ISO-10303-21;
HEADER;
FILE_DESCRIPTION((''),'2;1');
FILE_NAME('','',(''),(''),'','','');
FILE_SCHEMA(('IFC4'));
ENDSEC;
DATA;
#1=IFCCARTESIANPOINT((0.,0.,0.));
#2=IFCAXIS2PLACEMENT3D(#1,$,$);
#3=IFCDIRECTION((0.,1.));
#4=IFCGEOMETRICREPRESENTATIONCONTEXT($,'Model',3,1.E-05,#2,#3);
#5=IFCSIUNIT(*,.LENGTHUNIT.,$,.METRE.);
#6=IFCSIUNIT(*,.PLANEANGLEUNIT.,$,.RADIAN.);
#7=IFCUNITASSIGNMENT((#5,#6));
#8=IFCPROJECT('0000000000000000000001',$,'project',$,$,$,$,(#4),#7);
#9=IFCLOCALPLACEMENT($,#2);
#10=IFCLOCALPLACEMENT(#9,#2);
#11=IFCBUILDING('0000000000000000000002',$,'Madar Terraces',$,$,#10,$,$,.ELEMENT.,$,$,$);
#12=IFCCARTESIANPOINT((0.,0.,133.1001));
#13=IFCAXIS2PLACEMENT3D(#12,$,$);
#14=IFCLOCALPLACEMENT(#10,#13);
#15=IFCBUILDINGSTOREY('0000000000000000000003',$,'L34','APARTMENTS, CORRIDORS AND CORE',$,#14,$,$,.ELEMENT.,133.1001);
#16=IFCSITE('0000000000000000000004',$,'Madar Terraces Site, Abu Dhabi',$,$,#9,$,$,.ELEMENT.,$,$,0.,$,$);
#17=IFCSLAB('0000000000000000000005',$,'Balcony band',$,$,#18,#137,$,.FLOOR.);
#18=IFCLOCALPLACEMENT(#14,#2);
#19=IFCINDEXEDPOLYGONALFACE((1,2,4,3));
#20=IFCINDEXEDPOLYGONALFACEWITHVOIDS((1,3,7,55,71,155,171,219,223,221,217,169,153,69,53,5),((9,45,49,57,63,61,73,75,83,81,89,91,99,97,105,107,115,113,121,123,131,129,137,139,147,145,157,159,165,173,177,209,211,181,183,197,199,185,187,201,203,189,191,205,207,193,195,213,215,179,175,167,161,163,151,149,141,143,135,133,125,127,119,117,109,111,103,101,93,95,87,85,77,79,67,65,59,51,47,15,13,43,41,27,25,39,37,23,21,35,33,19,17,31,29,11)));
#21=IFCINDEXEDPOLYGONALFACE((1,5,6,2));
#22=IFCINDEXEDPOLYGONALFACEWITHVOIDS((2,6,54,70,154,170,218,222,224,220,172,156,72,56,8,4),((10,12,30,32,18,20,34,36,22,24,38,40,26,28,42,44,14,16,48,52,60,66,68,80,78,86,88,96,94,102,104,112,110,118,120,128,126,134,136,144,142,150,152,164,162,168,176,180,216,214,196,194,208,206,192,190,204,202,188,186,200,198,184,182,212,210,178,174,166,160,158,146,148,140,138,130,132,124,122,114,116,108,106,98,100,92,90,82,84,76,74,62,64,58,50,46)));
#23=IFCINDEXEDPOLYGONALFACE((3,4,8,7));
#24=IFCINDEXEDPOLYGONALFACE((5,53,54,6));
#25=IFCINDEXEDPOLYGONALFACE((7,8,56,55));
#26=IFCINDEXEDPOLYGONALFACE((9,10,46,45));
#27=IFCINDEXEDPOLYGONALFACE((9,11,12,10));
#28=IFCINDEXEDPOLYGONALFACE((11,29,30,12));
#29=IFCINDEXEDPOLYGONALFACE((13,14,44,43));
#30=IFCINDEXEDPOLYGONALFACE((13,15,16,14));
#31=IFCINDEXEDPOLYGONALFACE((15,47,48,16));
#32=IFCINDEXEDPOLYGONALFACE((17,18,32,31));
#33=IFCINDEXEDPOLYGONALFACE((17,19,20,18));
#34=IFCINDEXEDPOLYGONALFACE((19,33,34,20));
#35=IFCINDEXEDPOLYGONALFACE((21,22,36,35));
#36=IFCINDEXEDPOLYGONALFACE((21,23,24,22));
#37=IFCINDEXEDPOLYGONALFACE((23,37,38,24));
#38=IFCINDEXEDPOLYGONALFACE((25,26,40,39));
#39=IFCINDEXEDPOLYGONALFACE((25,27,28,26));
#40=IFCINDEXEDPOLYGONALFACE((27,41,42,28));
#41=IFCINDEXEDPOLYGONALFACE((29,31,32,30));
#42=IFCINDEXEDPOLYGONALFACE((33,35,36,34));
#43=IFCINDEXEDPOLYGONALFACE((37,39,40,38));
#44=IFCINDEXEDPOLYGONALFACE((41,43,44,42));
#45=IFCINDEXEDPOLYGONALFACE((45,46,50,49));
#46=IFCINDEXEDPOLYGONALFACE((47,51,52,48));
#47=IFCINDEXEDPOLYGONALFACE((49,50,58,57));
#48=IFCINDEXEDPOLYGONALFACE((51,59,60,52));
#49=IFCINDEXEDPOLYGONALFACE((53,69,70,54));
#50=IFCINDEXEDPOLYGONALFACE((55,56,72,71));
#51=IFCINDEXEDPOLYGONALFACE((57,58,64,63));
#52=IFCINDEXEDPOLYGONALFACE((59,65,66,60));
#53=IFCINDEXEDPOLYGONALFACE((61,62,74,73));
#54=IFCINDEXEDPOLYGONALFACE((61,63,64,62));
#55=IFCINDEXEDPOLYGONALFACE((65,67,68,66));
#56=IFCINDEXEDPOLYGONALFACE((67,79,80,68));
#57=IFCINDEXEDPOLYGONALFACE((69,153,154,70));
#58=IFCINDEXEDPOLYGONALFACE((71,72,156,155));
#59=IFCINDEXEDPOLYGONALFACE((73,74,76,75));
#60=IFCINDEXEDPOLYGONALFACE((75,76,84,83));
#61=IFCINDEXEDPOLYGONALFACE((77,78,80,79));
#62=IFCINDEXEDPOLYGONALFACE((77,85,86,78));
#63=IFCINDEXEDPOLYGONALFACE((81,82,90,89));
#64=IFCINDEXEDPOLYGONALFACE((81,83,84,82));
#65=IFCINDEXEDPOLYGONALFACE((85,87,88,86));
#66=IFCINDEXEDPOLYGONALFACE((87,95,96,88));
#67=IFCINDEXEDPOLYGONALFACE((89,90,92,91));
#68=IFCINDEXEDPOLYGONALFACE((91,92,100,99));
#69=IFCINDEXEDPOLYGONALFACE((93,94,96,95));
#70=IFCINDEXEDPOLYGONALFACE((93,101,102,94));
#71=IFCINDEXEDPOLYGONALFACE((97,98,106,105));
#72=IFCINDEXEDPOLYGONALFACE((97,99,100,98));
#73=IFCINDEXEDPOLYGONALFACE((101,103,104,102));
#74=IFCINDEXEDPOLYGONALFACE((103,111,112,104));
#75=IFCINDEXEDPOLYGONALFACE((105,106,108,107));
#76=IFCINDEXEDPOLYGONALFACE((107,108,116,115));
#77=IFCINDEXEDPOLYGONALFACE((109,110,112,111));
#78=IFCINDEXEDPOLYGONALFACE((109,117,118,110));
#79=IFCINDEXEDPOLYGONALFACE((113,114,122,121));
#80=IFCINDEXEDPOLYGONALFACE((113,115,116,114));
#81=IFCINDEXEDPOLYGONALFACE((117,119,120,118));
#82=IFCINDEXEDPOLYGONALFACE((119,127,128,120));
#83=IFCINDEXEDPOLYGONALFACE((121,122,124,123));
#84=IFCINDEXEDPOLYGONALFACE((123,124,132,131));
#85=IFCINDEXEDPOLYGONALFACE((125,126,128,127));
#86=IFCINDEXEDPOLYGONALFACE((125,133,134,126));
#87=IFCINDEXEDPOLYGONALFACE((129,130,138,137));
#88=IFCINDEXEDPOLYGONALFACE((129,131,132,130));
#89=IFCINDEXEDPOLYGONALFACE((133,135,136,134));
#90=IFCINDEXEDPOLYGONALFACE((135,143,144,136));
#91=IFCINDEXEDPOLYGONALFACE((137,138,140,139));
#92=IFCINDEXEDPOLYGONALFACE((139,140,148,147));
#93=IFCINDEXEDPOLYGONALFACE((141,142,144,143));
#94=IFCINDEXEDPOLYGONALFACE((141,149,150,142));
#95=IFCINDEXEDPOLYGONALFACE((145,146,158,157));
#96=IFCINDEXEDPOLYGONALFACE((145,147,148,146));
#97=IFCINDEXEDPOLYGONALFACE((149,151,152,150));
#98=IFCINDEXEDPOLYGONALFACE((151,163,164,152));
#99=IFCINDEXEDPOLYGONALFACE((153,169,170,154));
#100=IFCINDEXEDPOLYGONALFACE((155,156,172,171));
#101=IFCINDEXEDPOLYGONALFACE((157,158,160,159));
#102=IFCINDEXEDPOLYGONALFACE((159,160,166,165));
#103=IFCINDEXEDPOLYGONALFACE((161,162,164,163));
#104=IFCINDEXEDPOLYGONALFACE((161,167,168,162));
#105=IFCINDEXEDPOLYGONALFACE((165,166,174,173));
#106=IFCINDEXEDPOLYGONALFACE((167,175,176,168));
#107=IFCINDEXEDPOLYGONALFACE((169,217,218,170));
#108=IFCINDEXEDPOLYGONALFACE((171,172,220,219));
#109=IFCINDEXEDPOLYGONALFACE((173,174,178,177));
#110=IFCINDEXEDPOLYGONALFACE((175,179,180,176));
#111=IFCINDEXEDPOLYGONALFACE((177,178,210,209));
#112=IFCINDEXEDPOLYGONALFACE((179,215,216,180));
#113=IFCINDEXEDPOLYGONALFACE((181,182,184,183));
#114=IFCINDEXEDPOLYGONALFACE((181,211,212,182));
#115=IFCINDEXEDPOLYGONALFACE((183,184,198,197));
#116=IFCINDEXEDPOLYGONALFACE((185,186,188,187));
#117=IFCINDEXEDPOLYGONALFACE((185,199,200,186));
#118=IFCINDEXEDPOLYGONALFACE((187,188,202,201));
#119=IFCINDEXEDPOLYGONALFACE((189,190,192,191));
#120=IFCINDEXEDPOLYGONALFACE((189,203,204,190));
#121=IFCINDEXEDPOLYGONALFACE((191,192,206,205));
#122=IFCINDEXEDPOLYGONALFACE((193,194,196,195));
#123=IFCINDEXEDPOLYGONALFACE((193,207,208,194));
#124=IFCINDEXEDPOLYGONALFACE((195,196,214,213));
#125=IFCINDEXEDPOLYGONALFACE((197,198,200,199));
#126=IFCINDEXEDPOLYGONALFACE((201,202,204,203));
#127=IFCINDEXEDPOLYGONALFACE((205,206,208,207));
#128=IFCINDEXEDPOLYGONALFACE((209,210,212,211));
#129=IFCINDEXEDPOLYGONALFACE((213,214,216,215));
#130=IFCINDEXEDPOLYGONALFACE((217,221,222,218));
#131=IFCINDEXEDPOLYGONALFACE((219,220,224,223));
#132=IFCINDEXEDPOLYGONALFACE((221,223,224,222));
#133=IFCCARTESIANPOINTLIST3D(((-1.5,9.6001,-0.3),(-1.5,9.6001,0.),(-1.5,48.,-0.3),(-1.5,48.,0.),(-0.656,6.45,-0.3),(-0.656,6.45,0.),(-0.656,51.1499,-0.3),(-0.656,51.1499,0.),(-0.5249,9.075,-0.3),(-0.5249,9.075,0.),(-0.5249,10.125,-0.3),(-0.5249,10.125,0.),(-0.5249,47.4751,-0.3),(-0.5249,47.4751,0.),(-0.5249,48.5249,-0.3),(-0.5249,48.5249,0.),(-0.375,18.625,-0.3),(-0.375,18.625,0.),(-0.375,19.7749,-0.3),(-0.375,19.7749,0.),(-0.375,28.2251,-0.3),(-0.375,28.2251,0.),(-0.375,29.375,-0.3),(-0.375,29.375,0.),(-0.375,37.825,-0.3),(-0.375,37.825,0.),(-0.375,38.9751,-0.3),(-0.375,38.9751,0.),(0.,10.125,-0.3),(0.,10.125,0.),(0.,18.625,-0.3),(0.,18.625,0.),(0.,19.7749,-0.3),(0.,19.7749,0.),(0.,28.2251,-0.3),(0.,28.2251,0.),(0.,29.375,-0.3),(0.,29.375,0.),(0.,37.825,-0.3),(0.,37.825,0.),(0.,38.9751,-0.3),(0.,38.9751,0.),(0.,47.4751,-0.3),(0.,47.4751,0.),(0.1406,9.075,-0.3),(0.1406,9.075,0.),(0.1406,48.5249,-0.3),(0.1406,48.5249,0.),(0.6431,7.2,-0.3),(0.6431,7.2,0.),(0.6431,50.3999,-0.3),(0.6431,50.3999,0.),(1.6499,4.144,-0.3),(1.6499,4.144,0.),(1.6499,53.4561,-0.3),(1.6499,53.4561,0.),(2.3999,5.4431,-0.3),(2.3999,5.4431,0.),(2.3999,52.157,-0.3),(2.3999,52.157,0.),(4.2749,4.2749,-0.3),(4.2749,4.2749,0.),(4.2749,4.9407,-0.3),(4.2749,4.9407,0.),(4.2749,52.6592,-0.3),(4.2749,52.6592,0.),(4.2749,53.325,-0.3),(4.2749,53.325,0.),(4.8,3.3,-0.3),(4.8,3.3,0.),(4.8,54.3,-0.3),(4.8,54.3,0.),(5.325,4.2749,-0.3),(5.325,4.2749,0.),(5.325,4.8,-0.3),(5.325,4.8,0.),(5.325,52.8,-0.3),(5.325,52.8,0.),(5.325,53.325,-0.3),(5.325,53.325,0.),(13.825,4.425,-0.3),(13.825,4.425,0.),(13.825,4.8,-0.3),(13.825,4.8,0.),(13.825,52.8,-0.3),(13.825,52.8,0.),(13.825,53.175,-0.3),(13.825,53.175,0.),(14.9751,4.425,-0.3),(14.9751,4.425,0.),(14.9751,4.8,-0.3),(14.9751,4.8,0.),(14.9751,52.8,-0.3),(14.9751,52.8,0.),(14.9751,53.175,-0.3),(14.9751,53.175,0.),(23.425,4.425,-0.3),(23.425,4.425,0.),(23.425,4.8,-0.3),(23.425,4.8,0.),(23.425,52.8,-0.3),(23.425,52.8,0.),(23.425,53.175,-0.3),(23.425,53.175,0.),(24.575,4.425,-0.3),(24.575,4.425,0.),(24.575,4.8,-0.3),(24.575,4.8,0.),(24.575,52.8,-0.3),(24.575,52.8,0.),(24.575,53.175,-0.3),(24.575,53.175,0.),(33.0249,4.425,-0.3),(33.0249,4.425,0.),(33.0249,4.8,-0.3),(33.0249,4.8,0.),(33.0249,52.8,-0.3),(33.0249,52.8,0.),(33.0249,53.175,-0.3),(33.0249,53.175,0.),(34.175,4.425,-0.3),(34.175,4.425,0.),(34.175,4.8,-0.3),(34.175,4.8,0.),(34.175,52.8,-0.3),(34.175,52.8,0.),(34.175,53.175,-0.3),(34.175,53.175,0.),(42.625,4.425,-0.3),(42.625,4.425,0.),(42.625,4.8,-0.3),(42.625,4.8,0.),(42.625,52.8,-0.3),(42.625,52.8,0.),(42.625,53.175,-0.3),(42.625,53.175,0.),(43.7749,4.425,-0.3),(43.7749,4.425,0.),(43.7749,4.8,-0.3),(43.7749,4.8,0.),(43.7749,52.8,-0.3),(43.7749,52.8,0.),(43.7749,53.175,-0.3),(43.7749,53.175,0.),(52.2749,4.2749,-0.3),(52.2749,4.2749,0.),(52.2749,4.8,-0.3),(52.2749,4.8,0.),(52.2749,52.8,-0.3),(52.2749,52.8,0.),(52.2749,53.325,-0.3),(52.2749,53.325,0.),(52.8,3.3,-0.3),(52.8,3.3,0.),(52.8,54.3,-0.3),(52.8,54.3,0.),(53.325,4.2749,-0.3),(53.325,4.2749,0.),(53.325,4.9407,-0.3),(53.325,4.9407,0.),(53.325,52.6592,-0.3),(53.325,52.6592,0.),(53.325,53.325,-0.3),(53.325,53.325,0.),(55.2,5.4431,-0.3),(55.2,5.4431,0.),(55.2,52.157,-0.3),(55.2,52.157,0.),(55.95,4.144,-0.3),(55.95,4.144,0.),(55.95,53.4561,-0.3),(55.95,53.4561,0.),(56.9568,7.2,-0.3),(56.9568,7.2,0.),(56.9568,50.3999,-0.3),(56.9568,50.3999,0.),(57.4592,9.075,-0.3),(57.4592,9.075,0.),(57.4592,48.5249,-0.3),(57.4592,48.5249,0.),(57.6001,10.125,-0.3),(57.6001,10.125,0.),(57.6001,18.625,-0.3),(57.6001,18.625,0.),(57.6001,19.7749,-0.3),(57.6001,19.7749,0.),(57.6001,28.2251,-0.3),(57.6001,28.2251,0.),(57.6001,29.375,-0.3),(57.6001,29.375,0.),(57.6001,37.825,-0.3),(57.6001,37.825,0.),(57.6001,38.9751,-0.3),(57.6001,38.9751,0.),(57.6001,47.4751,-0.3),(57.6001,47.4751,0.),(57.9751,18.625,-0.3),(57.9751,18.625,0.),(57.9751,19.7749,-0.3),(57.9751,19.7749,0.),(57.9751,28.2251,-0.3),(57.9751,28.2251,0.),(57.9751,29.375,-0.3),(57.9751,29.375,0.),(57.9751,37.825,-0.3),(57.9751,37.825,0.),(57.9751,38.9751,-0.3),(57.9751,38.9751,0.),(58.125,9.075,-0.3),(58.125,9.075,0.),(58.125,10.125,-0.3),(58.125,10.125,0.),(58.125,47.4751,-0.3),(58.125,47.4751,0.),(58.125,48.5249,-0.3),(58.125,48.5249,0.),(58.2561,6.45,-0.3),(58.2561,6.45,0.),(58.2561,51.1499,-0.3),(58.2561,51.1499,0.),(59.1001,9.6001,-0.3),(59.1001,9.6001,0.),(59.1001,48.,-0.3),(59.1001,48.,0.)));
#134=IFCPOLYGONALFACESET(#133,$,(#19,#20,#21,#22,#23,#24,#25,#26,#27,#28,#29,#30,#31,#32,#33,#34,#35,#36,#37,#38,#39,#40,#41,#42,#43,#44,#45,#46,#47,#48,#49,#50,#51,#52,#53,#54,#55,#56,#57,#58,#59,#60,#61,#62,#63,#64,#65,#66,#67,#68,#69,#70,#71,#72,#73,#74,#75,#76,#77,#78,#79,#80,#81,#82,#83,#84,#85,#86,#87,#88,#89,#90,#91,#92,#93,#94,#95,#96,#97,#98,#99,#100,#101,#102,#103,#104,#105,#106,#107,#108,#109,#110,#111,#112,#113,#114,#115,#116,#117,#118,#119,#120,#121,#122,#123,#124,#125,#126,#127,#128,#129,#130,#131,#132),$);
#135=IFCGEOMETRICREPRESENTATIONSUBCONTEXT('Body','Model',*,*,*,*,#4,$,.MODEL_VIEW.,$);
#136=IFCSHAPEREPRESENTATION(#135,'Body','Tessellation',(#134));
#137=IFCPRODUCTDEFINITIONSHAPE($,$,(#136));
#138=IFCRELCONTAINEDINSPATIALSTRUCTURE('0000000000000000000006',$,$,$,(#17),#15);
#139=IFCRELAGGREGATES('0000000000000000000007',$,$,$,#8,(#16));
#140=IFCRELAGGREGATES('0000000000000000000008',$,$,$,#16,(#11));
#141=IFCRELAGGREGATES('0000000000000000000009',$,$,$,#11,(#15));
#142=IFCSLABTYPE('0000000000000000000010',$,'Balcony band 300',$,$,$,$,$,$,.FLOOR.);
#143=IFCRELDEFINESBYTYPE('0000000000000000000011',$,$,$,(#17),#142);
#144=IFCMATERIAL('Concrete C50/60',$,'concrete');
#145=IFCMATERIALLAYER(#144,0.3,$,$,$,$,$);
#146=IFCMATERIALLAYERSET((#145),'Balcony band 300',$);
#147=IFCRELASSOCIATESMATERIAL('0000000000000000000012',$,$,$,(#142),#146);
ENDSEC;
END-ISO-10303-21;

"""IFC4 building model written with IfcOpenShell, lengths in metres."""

from ifc_helpers import new_model, si_unit, direction, frame, origin, place, context, subcontext, project, spatial, polyline, outline, extrude, material, layer, layer_set, type_object, element, save


model = new_model("IFC4")

# Units and contexts
model_context = context("Model", 3, precision=1e-05, world=origin(), true_north=direction((0.0, 1.0)))
body_context = subcontext(model_context, "Body", "Model", "MODEL_VIEW")
ifc_project = project(units=[si_unit("LENGTHUNIT", "METRE"), si_unit("PLANEANGLEUNIT", "RADIAN")], contexts=[model_context])

# Site, building, storey
site_placement = place(None, origin())
site = spatial("IfcSite", under=ifc_project, at=site_placement, Name="Madar Terraces Site, Abu Dhabi", CompositionType="ELEMENT", RefElevation=0.0)
building_placement = place(site_placement, origin())
building = spatial("IfcBuilding", under=site, at=building_placement, Name="Madar Terraces", CompositionType="ELEMENT")
storey_placement = place(building_placement, frame((0.0, 0.0, 133.1001)))
storey = spatial("IfcBuildingStorey", under=building, at=storey_placement, Name="L34", Description="APARTMENTS, CORRIDORS AND CORE", CompositionType="ELEMENT", Elevation=133.1001)

# Slab
ifc_material_1 = material(Name="Concrete C50/60", Category="concrete")
ifc_layer_1 = layer(ifc_material_1, 0.3)
ifc_layer_set_1 = layer_set([ifc_layer_1], Name="Balcony band 300")
slab_type_1 = type_object("IfcSlabType", Name="Balcony band 300", PredefinedType="FLOOR", material=ifc_layer_set_1)
slab_1_placement = place(storey_placement, frame((0.0, 0.0, -0.3)))
element("IfcSlab", 1, at=slab_1_placement, inside=storey, type_object=slab_type_1, Name="Balcony band", PredefinedType="FLOOR", context=body_context, shape_type="SweptSolid", body=[
    extrude(outline(polyline([(4.8, 3.3), (1.6499, 4.144), (-0.656, 6.45), (-1.5, 9.6001), (-1.5, 48.0), (-0.656, 51.1499), (1.6499, 53.4561), (4.8, 54.3), (52.8, 54.3), (55.95, 53.4561), (58.2561, 51.1499), (59.1001, 48.0), (59.1001, 9.6001), (58.2561, 6.45), (55.95, 4.144), (52.8, 3.3), (4.8, 3.3)]), holes=[polyline([(5.325, 4.2749), (5.325, 4.8), (13.825, 4.8), (13.825, 4.425), (14.9751, 4.425), (14.9751, 4.8), (23.425, 4.8), (23.425, 4.425), (24.575, 4.425), (24.575, 4.8), (33.0249, 4.8), (33.0249, 4.425), (34.175, 4.425), (34.175, 4.8), (42.625, 4.8), (42.625, 4.425), (43.7749, 4.425), (43.7749, 4.8), (52.2749, 4.8), (52.2749, 4.2749), (53.325, 4.2749), (53.325, 4.9407), (55.2, 5.4431), (56.9568, 7.2), (57.4592, 9.075), (58.125, 9.075), (58.125, 10.125), (57.6001, 10.125), (57.6001, 18.625), (57.9751, 18.625), (57.9751, 19.7749), (57.6001, 19.7749), (57.6001, 28.2251), (57.9751, 28.2251), (57.9751, 29.375), (57.6001, 29.375), (57.6001, 37.825), (57.9751, 37.825), (57.9751, 38.9751), (57.6001, 38.9751), (57.6001, 47.4751), (58.125, 47.4751), (58.125, 48.5249), (57.4592, 48.5249), (56.9568, 50.3999), (55.2, 52.157), (53.325, 52.6592), (53.325, 53.325), (52.2749, 53.325), (52.2749, 52.8), (43.7749, 52.8), (43.7749, 53.175), (42.625, 53.175), (42.625, 52.8), (34.175, 52.8), (34.175, 53.175), (33.0249, 53.175), (33.0249, 52.8), (24.575, 52.8), (24.575, 53.175), (23.425, 53.175), (23.425, 52.8), (14.9751, 52.8), (14.9751, 53.175), (13.825, 53.175), (13.825, 52.8), (5.325, 52.8), (5.325, 53.325), (4.2749, 53.325), (4.2749, 52.6592), (2.3999, 52.157), (0.6431, 50.3999), (0.1406, 48.5249), (-0.5249, 48.5249), (-0.5249, 47.4751), (0.0, 47.4751), (0.0, 38.9751), (-0.375, 38.9751), (-0.375, 37.825), (0.0, 37.825), (0.0, 29.375), (-0.375, 29.375), (-0.375, 28.2251), (0.0, 28.2251), (0.0, 19.7749), (-0.375, 19.7749), (-0.375, 18.625), (0.0, 18.625), (0.0, 10.125), (-0.5249, 10.125), (-0.5249, 9.075), (0.1406, 9.075), (0.6431, 7.2), (2.3999, 5.4431), (4.2749, 4.9407), (4.2749, 4.2749), (5.325, 4.2749)])]), origin(), (0.0, 0.0, 1.0), 0.3),
])

save(model, "model.ifc")
